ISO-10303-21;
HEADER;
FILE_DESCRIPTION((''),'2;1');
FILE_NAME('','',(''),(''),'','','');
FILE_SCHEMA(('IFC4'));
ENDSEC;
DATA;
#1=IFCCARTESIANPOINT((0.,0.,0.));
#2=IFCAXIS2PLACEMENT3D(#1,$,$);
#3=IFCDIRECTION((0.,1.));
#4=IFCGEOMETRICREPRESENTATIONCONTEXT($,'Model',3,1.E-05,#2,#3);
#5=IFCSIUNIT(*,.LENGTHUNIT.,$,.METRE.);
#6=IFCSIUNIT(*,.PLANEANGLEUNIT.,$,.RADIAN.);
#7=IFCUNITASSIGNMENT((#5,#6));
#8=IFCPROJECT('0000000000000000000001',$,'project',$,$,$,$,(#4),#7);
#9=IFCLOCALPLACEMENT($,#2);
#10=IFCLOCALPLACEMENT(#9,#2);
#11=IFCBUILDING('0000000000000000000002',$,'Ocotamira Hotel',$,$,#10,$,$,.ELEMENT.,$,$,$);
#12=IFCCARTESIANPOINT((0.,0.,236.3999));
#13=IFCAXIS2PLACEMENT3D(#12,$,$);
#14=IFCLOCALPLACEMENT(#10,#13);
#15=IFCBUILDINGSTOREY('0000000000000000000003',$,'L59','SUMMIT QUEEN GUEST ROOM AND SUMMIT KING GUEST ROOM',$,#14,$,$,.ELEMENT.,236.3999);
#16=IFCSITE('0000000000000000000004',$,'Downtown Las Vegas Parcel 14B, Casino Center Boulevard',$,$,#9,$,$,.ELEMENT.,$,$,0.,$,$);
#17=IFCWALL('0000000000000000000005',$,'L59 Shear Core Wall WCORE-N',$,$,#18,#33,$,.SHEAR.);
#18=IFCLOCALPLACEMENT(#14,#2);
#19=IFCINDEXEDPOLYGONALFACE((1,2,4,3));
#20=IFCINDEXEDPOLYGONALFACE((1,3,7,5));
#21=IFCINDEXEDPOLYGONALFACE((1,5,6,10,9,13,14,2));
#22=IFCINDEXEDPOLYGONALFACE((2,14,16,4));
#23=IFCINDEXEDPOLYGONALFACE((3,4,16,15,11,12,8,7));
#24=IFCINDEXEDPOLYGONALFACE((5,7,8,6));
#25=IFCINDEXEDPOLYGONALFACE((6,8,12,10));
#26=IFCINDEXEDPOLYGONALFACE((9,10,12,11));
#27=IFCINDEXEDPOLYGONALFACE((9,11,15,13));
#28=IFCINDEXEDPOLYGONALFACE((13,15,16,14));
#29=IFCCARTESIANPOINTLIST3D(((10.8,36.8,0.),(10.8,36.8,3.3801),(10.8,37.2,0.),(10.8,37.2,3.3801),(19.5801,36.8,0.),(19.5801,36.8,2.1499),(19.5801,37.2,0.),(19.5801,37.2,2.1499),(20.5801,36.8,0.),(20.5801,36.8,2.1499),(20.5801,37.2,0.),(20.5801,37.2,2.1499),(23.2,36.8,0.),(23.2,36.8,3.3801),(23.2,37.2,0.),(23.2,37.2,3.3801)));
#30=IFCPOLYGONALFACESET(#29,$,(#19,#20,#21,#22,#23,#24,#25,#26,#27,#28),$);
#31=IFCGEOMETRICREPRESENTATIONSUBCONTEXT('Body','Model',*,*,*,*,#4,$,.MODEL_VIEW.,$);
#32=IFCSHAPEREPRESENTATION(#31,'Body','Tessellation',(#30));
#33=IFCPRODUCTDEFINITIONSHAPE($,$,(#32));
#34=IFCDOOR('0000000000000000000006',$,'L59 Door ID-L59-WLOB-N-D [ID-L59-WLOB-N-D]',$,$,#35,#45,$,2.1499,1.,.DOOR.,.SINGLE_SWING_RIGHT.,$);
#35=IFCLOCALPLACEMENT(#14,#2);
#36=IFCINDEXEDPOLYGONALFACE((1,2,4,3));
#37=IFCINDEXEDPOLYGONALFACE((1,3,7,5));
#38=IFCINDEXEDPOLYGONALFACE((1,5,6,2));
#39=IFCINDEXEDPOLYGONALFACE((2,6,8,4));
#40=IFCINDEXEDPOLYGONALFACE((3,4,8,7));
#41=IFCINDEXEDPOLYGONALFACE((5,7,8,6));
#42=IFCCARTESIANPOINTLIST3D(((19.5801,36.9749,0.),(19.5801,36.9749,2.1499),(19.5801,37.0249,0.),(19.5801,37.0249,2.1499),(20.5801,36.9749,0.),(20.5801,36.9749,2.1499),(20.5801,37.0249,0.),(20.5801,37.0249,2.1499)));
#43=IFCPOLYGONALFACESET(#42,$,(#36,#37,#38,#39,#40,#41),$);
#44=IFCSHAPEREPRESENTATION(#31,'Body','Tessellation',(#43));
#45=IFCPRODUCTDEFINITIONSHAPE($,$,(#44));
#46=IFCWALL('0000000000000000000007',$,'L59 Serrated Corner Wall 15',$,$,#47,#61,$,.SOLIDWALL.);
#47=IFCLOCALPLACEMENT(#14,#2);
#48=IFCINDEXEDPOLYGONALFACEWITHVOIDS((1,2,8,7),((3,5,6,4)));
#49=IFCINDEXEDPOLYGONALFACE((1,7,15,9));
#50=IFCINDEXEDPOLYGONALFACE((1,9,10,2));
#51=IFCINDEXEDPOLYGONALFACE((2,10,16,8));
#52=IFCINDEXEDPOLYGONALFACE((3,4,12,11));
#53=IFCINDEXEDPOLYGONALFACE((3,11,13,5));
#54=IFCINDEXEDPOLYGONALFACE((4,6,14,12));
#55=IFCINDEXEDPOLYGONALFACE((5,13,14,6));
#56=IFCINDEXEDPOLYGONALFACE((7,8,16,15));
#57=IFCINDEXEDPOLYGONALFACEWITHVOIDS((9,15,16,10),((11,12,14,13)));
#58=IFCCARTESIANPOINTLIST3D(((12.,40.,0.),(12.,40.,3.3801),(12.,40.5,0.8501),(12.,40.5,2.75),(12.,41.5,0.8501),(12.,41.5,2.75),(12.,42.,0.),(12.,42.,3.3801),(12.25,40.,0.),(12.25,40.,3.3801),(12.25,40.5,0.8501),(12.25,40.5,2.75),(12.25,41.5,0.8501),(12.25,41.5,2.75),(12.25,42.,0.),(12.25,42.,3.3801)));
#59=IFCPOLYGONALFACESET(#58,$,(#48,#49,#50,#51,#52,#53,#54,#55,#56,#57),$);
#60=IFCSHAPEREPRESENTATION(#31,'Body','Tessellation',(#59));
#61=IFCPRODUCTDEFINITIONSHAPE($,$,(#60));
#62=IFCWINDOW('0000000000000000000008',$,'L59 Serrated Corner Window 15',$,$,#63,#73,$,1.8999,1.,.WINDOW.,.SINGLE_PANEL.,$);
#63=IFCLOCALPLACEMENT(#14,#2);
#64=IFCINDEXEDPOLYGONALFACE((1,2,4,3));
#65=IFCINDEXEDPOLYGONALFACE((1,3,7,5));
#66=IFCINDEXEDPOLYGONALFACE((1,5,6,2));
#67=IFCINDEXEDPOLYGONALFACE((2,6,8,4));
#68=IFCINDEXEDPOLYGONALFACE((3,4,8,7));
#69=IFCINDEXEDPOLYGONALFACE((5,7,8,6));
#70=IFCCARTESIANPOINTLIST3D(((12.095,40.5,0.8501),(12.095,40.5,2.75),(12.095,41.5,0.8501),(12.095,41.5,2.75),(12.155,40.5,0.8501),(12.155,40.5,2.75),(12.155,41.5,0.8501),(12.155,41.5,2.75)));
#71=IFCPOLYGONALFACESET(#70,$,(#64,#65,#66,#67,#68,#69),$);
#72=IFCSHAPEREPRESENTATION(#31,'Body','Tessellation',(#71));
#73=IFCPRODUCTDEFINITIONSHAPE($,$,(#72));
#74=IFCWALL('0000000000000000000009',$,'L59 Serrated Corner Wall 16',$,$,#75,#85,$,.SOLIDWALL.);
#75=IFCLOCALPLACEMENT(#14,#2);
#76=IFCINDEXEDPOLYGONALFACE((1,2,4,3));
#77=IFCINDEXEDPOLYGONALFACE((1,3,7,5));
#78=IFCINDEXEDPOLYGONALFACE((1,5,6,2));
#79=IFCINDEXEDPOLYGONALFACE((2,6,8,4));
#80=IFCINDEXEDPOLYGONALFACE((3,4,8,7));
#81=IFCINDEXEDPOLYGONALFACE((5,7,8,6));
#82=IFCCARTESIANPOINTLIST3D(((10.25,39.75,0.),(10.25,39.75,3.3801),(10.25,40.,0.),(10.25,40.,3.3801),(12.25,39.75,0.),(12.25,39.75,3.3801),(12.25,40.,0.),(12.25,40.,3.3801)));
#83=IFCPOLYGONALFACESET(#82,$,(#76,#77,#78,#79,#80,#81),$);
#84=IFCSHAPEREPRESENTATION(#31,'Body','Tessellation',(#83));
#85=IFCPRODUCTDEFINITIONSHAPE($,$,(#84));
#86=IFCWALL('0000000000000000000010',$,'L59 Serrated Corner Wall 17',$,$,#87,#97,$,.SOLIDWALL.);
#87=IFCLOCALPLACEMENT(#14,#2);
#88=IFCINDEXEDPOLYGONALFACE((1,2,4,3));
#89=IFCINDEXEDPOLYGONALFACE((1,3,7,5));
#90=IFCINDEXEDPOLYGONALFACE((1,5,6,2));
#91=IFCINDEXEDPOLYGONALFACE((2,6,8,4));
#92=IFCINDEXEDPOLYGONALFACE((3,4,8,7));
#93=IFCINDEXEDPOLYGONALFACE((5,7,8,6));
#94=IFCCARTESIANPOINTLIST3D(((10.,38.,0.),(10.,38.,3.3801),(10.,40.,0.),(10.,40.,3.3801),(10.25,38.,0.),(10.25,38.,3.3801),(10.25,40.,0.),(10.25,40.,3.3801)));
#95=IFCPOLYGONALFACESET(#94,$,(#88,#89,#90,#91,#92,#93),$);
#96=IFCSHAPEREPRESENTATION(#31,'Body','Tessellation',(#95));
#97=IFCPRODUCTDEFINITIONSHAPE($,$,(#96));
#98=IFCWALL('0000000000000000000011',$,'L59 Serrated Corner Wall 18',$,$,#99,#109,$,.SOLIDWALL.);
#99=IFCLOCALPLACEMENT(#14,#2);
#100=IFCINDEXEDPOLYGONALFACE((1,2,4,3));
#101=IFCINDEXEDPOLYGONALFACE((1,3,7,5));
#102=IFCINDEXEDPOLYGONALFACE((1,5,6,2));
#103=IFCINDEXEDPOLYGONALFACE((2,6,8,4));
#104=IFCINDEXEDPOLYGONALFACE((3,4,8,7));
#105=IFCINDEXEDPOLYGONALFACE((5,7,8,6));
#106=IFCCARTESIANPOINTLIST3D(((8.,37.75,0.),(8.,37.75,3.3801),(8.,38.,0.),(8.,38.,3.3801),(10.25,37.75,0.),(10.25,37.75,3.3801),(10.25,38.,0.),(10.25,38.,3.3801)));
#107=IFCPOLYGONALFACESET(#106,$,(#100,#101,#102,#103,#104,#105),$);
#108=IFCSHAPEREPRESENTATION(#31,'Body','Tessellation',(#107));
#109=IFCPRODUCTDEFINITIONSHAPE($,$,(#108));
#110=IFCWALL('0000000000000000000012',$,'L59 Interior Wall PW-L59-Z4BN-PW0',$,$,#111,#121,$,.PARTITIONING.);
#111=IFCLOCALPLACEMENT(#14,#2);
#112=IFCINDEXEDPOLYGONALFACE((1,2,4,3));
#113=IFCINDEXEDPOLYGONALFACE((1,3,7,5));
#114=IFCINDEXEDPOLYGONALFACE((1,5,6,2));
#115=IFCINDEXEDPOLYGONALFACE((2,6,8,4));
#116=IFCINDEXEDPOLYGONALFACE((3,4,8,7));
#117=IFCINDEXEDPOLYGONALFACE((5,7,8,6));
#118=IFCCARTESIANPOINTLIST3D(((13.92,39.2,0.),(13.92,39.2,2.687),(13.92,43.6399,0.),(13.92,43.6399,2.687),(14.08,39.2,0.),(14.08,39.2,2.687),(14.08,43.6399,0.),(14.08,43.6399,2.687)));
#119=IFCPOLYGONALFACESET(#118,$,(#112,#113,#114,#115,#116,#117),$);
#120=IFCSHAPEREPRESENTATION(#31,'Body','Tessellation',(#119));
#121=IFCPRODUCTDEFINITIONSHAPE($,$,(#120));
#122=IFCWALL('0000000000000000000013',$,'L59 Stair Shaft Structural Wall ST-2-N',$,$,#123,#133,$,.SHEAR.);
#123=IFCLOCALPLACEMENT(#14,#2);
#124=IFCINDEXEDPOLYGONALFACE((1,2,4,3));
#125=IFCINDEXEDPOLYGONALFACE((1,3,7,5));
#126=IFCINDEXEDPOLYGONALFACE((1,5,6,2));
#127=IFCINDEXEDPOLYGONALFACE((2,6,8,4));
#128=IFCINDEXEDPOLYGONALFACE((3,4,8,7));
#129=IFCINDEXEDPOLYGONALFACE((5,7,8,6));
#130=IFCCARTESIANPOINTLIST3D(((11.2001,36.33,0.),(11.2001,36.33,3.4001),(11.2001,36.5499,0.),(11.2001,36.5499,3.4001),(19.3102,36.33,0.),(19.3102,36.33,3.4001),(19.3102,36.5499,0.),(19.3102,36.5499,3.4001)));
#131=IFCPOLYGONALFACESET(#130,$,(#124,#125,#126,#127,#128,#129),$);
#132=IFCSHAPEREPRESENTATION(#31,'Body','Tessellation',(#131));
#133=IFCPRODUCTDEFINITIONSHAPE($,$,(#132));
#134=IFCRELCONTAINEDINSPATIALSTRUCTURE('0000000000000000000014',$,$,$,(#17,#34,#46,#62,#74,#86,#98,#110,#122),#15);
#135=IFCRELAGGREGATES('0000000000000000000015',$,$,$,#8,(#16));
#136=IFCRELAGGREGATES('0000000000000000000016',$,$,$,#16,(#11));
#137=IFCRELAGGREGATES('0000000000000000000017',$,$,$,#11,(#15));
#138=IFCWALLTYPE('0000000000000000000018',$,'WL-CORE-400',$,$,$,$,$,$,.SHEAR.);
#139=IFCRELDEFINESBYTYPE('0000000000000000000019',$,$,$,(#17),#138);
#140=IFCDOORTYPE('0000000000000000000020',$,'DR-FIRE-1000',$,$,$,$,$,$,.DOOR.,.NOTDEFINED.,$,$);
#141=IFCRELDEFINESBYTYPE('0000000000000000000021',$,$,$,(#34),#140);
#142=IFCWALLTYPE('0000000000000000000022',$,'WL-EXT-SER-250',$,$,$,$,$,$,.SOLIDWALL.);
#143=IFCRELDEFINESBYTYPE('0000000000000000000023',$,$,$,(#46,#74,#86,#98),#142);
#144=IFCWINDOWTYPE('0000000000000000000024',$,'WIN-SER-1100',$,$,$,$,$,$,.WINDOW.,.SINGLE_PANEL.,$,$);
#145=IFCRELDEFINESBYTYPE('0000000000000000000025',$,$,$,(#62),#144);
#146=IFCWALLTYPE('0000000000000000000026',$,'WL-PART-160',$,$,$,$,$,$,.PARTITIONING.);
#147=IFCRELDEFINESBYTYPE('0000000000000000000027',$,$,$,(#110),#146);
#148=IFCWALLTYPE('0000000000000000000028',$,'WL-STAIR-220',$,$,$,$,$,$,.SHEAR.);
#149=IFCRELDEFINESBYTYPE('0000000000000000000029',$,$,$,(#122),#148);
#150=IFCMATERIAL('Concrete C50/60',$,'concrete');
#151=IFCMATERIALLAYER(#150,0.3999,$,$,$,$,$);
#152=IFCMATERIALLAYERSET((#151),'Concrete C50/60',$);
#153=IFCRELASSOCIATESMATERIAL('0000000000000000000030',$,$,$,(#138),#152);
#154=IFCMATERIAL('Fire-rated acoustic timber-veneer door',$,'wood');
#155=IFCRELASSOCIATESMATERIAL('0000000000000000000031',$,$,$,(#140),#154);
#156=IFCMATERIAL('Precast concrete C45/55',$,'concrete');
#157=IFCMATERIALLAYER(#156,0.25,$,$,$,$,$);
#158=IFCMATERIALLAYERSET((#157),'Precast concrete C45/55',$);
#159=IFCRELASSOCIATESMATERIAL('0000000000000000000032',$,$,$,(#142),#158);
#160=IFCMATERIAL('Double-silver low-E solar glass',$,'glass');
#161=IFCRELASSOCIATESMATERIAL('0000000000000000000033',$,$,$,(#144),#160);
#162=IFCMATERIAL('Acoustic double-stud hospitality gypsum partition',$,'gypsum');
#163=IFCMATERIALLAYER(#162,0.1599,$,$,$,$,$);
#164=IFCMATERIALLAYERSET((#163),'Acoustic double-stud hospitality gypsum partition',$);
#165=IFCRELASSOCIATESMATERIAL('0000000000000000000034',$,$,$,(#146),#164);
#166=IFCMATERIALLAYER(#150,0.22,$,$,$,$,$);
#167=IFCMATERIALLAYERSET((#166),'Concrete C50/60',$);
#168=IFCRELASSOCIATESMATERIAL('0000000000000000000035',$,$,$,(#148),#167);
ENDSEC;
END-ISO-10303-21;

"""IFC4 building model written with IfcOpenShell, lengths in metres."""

from ifc_helpers import new_model, si_unit, direction, frame, frame_2d, origin, place, context, subcontext, project, spatial, rectangle, extrude, source, transform, mapped, material, layer, layer_set, type_object, element, fill, save


model = new_model("IFC4")

# Units and contexts
model_context = context("Model", 3, precision=1e-05, world=origin(), true_north=direction((0.0, 1.0)))
body_context = subcontext(model_context, "Body", "Model", "MODEL_VIEW")
ifc_project = project(units=[si_unit("LENGTHUNIT", "METRE"), si_unit("PLANEANGLEUNIT", "RADIAN")], contexts=[model_context])

# Site, building, storey
site_placement = place(None, origin())
site = spatial("IfcSite", under=ifc_project, at=site_placement, Name="Downtown Las Vegas Parcel 14B, Casino Center Boulevard", CompositionType="ELEMENT", RefElevation=0.0)
building_placement = place(site_placement, origin())
building = spatial("IfcBuilding", under=site, at=building_placement, Name="Ocotamira Hotel", CompositionType="ELEMENT")
storey_placement = place(building_placement, frame((0.0, 0.0, 236.3999)))
storey = spatial("IfcBuildingStorey", under=building, at=storey_placement, Name="L59", Description="SUMMIT QUEEN GUEST ROOM AND SUMMIT KING GUEST ROOM", CompositionType="ELEMENT", Elevation=236.3999)

# Wall, opening, door
ifc_material_1 = material(Name="Concrete C50/60", Category="concrete")
ifc_layer_1 = layer(ifc_material_1, 0.3999)
ifc_layer_set_1 = layer_set([ifc_layer_1], Name="Concrete C50/60")
wall_type_1 = type_object("IfcWallType", Name="WL-CORE-400", PredefinedType="SHEAR", material=ifc_layer_set_1)
wall_1_placement = place(storey_placement, frame((10.8, 37.0, 0.0), z_axis=(0.0, 0.0, 1.0), x_axis=(1.0, 0.0, 0.0)))
wall_1 = element("IfcWall", 1, at=wall_1_placement, inside=storey, type_object=wall_type_1, Name="L59 Shear Core Wall WCORE-N", PredefinedType="SHEAR", context=body_context, shape_type="SweptSolid", body=[
    extrude(rectangle(XDim=12.3999, YDim=0.3999, at=frame_2d((6.2, 0.0))), origin(), (0.0, 0.0, 1.0), 3.3801),
])
opening_1_placement = place(wall_1_placement, frame((8.78, 0.0, 0.0)))
opening_1 = element("IfcOpeningElement", 2, at=opening_1_placement, cuts=wall_1, PredefinedType="OPENING", context=body_context, shape_type="SweptSolid", body=[
    extrude(rectangle(XDim=1.0, YDim=2.1499, at=frame_2d((0.5, 1.075))), frame((0.0, 0.21, 0.0), z_axis=(0.0, -1.0, 0.0), x_axis=(1.0, 0.0, 0.0)), (0.0, 0.0, 1.0), 0.4199),
])
ifc_material_2 = material(Name="Fire-rated acoustic timber-veneer door", Category="wood")
door_type_1 = type_object("IfcDoorType", Name="DR-FIRE-1000", OperationType="NOTDEFINED", PredefinedType="DOOR", material=ifc_material_2)
shared_shape_1 = source(origin(), body_context, "Body", "SweptSolid", [
    extrude(rectangle(XDim=1.0, YDim=2.1499, at=frame_2d((0.5, 1.075))), frame((0.0, 0.0249, 0.0), z_axis=(0.0, -1.0, 0.0), x_axis=(1.0, 0.0, 0.0)), (0.0, 0.0, 1.0), 0.05),
])
door_1_placement = place(opening_1_placement, origin())
door_1 = element("IfcDoor", 3, at=door_1_placement, inside=storey, type_object=door_type_1, Name="L59 Door ID-L59-WLOB-N-D [ID-L59-WLOB-N-D]", OperationType="SINGLE_SWING_RIGHT", OverallHeight=2.1499, OverallWidth=1.0, PredefinedType="DOOR", context=body_context, shape_type="MappedRepresentation", body=[
    mapped(shared_shape_1, transform((0.0, 0.0, 0.0), scale=1.0)),
])
fill(opening_1, door_1)

# Wall, opening, window
ifc_material_3 = material(Name="Precast concrete C45/55", Category="concrete")
ifc_layer_2 = layer(ifc_material_3, 0.25)
ifc_layer_set_2 = layer_set([ifc_layer_2], Name="Precast concrete C45/55")
wall_type_2 = type_object("IfcWallType", Name="WL-EXT-SER-250", PredefinedType="SOLIDWALL", material=ifc_layer_set_2)
wall_2_placement = place(storey_placement, frame((12.125, 42.0, 0.0), z_axis=(0.0, 0.0, 1.0), x_axis=(0.0, -1.0, 0.0)))
wall_2 = element("IfcWall", 4, at=wall_2_placement, inside=storey, type_object=wall_type_2, Name="L59 Serrated Corner Wall 15", PredefinedType="SOLIDWALL", context=body_context, shape_type="SweptSolid", body=[
    extrude(rectangle(XDim=2.0, YDim=0.25, at=frame_2d((1.0, 0.0))), origin(), (0.0, 0.0, 1.0), 3.3801),
])
opening_2_placement = place(wall_2_placement, frame((0.5, 0.0, 0.8501)))
opening_2 = element("IfcOpeningElement", 5, at=opening_2_placement, cuts=wall_2, PredefinedType="OPENING", context=body_context, shape_type="SweptSolid", body=[
    extrude(rectangle(XDim=1.0, YDim=1.8999, at=frame_2d((0.5, 0.95))), frame((0.0, 0.135, 0.0), z_axis=(0.0, -1.0, 0.0), x_axis=(1.0, 0.0, 0.0)), (0.0, 0.0, 1.0), 0.27),
])
ifc_material_4 = material(Name="Double-silver low-E solar glass", Category="glass")
window_type = type_object("IfcWindowType", Name="WIN-SER-1100", PartitioningType="SINGLE_PANEL", PredefinedType="WINDOW", material=ifc_material_4)
shared_shape_2 = source(origin(), body_context, "Body", "SweptSolid", [
    extrude(rectangle(XDim=1.0, YDim=1.8999, at=frame_2d((0.5, 0.95))), frame((0.0, 0.03, 0.0), z_axis=(0.0, -1.0, 0.0), x_axis=(1.0, 0.0, 0.0)), (0.0, 0.0, 1.0), 0.0601),
])
window_placement = place(opening_2_placement, origin())
window = element("IfcWindow", 6, at=window_placement, inside=storey, type_object=window_type, Name="L59 Serrated Corner Window 15", OverallHeight=1.8999, OverallWidth=1.0, PartitioningType="SINGLE_PANEL", PredefinedType="WINDOW", context=body_context, shape_type="MappedRepresentation", body=[
    mapped(shared_shape_2, transform((0.0, 0.0, 0.0), scale=1.0)),
])
fill(opening_2, window)

# Walls
for number, where, z_axis, x_axis, name in (
    (7, (12.25, 39.875, 0.0), (0.0, 0.0, 1.0), (-1.0, 0.0, 0.0), "L59 Serrated Corner Wall 16"),
    (8, (10.125, 40.0, 0.0), (0.0, 0.0, 1.0), (0.0, -1.0, 0.0), "L59 Serrated Corner Wall 17"),
):
    element("IfcWall", number, at=place(storey_placement, frame(where, z_axis=z_axis, x_axis=x_axis)), inside=storey, type_object=wall_type_2, Name=name, PredefinedType="SOLIDWALL", context=body_context, shape_type="SweptSolid", body=[
        extrude(rectangle(XDim=2.0, YDim=0.25, at=frame_2d((1.0, 0.0))), origin(), (0.0, 0.0, 1.0), 3.3801),
    ])
wall_3_placement = place(storey_placement, frame((10.25, 37.875, 0.0), z_axis=(0.0, 0.0, 1.0), x_axis=(-1.0, 0.0, 0.0)))
element("IfcWall", 9, at=wall_3_placement, inside=storey, type_object=wall_type_2, Name="L59 Serrated Corner Wall 18", PredefinedType="SOLIDWALL", context=body_context, shape_type="SweptSolid", body=[
    extrude(rectangle(XDim=2.25, YDim=0.25, at=frame_2d((1.125, 0.0))), origin(), (0.0, 0.0, 1.0), 3.3801),
])

# Walls
ifc_material_5 = material(Name="Acoustic double-stud hospitality gypsum partition", Category="gypsum")
ifc_layer_3 = layer(ifc_material_5, 0.1599)
ifc_layer_set_3 = layer_set([ifc_layer_3], Name="Acoustic double-stud hospitality gypsum partition")
wall_type_3 = type_object("IfcWallType", Name="WL-PART-160", PredefinedType="PARTITIONING", material=ifc_layer_set_3)
wall_4_placement = place(storey_placement, frame((14.0, 39.2, 0.0), z_axis=(0.0, 0.0, 1.0), x_axis=(0.0, 1.0, 0.0)))
element("IfcWall", 10, at=wall_4_placement, inside=storey, type_object=wall_type_3, Name="L59 Interior Wall PW-L59-Z4BN-PW0", PredefinedType="PARTITIONING", context=body_context, shape_type="SweptSolid", body=[
    extrude(rectangle(XDim=4.4399, YDim=0.1599, at=frame_2d((2.22, 0.0))), origin(), (0.0, 0.0, 1.0), 2.687),
])
ifc_layer_4 = layer(ifc_material_1, 0.22)
ifc_layer_set_4 = layer_set([ifc_layer_4], Name="Concrete C50/60")
wall_type_4 = type_object("IfcWallType", Name="WL-STAIR-220", PredefinedType="SHEAR", material=ifc_layer_set_4)
wall_5_placement = place(storey_placement, frame((11.2, 36.4399, 0.0), z_axis=(0.0, 0.0, 1.0), x_axis=(1.0, 0.0, 0.0)))
element("IfcWall", 11, at=wall_5_placement, inside=storey, type_object=wall_type_4, Name="L59 Stair Shaft Structural Wall ST-2-N", PredefinedType="SHEAR", context=body_context, shape_type="SweptSolid", body=[
    extrude(rectangle(XDim=8.1101, YDim=0.22, at=frame_2d((4.0552, 0.0))), origin(), (0.0, 0.0, 1.0), 3.4001),
])

save(model, "model.ifc")
